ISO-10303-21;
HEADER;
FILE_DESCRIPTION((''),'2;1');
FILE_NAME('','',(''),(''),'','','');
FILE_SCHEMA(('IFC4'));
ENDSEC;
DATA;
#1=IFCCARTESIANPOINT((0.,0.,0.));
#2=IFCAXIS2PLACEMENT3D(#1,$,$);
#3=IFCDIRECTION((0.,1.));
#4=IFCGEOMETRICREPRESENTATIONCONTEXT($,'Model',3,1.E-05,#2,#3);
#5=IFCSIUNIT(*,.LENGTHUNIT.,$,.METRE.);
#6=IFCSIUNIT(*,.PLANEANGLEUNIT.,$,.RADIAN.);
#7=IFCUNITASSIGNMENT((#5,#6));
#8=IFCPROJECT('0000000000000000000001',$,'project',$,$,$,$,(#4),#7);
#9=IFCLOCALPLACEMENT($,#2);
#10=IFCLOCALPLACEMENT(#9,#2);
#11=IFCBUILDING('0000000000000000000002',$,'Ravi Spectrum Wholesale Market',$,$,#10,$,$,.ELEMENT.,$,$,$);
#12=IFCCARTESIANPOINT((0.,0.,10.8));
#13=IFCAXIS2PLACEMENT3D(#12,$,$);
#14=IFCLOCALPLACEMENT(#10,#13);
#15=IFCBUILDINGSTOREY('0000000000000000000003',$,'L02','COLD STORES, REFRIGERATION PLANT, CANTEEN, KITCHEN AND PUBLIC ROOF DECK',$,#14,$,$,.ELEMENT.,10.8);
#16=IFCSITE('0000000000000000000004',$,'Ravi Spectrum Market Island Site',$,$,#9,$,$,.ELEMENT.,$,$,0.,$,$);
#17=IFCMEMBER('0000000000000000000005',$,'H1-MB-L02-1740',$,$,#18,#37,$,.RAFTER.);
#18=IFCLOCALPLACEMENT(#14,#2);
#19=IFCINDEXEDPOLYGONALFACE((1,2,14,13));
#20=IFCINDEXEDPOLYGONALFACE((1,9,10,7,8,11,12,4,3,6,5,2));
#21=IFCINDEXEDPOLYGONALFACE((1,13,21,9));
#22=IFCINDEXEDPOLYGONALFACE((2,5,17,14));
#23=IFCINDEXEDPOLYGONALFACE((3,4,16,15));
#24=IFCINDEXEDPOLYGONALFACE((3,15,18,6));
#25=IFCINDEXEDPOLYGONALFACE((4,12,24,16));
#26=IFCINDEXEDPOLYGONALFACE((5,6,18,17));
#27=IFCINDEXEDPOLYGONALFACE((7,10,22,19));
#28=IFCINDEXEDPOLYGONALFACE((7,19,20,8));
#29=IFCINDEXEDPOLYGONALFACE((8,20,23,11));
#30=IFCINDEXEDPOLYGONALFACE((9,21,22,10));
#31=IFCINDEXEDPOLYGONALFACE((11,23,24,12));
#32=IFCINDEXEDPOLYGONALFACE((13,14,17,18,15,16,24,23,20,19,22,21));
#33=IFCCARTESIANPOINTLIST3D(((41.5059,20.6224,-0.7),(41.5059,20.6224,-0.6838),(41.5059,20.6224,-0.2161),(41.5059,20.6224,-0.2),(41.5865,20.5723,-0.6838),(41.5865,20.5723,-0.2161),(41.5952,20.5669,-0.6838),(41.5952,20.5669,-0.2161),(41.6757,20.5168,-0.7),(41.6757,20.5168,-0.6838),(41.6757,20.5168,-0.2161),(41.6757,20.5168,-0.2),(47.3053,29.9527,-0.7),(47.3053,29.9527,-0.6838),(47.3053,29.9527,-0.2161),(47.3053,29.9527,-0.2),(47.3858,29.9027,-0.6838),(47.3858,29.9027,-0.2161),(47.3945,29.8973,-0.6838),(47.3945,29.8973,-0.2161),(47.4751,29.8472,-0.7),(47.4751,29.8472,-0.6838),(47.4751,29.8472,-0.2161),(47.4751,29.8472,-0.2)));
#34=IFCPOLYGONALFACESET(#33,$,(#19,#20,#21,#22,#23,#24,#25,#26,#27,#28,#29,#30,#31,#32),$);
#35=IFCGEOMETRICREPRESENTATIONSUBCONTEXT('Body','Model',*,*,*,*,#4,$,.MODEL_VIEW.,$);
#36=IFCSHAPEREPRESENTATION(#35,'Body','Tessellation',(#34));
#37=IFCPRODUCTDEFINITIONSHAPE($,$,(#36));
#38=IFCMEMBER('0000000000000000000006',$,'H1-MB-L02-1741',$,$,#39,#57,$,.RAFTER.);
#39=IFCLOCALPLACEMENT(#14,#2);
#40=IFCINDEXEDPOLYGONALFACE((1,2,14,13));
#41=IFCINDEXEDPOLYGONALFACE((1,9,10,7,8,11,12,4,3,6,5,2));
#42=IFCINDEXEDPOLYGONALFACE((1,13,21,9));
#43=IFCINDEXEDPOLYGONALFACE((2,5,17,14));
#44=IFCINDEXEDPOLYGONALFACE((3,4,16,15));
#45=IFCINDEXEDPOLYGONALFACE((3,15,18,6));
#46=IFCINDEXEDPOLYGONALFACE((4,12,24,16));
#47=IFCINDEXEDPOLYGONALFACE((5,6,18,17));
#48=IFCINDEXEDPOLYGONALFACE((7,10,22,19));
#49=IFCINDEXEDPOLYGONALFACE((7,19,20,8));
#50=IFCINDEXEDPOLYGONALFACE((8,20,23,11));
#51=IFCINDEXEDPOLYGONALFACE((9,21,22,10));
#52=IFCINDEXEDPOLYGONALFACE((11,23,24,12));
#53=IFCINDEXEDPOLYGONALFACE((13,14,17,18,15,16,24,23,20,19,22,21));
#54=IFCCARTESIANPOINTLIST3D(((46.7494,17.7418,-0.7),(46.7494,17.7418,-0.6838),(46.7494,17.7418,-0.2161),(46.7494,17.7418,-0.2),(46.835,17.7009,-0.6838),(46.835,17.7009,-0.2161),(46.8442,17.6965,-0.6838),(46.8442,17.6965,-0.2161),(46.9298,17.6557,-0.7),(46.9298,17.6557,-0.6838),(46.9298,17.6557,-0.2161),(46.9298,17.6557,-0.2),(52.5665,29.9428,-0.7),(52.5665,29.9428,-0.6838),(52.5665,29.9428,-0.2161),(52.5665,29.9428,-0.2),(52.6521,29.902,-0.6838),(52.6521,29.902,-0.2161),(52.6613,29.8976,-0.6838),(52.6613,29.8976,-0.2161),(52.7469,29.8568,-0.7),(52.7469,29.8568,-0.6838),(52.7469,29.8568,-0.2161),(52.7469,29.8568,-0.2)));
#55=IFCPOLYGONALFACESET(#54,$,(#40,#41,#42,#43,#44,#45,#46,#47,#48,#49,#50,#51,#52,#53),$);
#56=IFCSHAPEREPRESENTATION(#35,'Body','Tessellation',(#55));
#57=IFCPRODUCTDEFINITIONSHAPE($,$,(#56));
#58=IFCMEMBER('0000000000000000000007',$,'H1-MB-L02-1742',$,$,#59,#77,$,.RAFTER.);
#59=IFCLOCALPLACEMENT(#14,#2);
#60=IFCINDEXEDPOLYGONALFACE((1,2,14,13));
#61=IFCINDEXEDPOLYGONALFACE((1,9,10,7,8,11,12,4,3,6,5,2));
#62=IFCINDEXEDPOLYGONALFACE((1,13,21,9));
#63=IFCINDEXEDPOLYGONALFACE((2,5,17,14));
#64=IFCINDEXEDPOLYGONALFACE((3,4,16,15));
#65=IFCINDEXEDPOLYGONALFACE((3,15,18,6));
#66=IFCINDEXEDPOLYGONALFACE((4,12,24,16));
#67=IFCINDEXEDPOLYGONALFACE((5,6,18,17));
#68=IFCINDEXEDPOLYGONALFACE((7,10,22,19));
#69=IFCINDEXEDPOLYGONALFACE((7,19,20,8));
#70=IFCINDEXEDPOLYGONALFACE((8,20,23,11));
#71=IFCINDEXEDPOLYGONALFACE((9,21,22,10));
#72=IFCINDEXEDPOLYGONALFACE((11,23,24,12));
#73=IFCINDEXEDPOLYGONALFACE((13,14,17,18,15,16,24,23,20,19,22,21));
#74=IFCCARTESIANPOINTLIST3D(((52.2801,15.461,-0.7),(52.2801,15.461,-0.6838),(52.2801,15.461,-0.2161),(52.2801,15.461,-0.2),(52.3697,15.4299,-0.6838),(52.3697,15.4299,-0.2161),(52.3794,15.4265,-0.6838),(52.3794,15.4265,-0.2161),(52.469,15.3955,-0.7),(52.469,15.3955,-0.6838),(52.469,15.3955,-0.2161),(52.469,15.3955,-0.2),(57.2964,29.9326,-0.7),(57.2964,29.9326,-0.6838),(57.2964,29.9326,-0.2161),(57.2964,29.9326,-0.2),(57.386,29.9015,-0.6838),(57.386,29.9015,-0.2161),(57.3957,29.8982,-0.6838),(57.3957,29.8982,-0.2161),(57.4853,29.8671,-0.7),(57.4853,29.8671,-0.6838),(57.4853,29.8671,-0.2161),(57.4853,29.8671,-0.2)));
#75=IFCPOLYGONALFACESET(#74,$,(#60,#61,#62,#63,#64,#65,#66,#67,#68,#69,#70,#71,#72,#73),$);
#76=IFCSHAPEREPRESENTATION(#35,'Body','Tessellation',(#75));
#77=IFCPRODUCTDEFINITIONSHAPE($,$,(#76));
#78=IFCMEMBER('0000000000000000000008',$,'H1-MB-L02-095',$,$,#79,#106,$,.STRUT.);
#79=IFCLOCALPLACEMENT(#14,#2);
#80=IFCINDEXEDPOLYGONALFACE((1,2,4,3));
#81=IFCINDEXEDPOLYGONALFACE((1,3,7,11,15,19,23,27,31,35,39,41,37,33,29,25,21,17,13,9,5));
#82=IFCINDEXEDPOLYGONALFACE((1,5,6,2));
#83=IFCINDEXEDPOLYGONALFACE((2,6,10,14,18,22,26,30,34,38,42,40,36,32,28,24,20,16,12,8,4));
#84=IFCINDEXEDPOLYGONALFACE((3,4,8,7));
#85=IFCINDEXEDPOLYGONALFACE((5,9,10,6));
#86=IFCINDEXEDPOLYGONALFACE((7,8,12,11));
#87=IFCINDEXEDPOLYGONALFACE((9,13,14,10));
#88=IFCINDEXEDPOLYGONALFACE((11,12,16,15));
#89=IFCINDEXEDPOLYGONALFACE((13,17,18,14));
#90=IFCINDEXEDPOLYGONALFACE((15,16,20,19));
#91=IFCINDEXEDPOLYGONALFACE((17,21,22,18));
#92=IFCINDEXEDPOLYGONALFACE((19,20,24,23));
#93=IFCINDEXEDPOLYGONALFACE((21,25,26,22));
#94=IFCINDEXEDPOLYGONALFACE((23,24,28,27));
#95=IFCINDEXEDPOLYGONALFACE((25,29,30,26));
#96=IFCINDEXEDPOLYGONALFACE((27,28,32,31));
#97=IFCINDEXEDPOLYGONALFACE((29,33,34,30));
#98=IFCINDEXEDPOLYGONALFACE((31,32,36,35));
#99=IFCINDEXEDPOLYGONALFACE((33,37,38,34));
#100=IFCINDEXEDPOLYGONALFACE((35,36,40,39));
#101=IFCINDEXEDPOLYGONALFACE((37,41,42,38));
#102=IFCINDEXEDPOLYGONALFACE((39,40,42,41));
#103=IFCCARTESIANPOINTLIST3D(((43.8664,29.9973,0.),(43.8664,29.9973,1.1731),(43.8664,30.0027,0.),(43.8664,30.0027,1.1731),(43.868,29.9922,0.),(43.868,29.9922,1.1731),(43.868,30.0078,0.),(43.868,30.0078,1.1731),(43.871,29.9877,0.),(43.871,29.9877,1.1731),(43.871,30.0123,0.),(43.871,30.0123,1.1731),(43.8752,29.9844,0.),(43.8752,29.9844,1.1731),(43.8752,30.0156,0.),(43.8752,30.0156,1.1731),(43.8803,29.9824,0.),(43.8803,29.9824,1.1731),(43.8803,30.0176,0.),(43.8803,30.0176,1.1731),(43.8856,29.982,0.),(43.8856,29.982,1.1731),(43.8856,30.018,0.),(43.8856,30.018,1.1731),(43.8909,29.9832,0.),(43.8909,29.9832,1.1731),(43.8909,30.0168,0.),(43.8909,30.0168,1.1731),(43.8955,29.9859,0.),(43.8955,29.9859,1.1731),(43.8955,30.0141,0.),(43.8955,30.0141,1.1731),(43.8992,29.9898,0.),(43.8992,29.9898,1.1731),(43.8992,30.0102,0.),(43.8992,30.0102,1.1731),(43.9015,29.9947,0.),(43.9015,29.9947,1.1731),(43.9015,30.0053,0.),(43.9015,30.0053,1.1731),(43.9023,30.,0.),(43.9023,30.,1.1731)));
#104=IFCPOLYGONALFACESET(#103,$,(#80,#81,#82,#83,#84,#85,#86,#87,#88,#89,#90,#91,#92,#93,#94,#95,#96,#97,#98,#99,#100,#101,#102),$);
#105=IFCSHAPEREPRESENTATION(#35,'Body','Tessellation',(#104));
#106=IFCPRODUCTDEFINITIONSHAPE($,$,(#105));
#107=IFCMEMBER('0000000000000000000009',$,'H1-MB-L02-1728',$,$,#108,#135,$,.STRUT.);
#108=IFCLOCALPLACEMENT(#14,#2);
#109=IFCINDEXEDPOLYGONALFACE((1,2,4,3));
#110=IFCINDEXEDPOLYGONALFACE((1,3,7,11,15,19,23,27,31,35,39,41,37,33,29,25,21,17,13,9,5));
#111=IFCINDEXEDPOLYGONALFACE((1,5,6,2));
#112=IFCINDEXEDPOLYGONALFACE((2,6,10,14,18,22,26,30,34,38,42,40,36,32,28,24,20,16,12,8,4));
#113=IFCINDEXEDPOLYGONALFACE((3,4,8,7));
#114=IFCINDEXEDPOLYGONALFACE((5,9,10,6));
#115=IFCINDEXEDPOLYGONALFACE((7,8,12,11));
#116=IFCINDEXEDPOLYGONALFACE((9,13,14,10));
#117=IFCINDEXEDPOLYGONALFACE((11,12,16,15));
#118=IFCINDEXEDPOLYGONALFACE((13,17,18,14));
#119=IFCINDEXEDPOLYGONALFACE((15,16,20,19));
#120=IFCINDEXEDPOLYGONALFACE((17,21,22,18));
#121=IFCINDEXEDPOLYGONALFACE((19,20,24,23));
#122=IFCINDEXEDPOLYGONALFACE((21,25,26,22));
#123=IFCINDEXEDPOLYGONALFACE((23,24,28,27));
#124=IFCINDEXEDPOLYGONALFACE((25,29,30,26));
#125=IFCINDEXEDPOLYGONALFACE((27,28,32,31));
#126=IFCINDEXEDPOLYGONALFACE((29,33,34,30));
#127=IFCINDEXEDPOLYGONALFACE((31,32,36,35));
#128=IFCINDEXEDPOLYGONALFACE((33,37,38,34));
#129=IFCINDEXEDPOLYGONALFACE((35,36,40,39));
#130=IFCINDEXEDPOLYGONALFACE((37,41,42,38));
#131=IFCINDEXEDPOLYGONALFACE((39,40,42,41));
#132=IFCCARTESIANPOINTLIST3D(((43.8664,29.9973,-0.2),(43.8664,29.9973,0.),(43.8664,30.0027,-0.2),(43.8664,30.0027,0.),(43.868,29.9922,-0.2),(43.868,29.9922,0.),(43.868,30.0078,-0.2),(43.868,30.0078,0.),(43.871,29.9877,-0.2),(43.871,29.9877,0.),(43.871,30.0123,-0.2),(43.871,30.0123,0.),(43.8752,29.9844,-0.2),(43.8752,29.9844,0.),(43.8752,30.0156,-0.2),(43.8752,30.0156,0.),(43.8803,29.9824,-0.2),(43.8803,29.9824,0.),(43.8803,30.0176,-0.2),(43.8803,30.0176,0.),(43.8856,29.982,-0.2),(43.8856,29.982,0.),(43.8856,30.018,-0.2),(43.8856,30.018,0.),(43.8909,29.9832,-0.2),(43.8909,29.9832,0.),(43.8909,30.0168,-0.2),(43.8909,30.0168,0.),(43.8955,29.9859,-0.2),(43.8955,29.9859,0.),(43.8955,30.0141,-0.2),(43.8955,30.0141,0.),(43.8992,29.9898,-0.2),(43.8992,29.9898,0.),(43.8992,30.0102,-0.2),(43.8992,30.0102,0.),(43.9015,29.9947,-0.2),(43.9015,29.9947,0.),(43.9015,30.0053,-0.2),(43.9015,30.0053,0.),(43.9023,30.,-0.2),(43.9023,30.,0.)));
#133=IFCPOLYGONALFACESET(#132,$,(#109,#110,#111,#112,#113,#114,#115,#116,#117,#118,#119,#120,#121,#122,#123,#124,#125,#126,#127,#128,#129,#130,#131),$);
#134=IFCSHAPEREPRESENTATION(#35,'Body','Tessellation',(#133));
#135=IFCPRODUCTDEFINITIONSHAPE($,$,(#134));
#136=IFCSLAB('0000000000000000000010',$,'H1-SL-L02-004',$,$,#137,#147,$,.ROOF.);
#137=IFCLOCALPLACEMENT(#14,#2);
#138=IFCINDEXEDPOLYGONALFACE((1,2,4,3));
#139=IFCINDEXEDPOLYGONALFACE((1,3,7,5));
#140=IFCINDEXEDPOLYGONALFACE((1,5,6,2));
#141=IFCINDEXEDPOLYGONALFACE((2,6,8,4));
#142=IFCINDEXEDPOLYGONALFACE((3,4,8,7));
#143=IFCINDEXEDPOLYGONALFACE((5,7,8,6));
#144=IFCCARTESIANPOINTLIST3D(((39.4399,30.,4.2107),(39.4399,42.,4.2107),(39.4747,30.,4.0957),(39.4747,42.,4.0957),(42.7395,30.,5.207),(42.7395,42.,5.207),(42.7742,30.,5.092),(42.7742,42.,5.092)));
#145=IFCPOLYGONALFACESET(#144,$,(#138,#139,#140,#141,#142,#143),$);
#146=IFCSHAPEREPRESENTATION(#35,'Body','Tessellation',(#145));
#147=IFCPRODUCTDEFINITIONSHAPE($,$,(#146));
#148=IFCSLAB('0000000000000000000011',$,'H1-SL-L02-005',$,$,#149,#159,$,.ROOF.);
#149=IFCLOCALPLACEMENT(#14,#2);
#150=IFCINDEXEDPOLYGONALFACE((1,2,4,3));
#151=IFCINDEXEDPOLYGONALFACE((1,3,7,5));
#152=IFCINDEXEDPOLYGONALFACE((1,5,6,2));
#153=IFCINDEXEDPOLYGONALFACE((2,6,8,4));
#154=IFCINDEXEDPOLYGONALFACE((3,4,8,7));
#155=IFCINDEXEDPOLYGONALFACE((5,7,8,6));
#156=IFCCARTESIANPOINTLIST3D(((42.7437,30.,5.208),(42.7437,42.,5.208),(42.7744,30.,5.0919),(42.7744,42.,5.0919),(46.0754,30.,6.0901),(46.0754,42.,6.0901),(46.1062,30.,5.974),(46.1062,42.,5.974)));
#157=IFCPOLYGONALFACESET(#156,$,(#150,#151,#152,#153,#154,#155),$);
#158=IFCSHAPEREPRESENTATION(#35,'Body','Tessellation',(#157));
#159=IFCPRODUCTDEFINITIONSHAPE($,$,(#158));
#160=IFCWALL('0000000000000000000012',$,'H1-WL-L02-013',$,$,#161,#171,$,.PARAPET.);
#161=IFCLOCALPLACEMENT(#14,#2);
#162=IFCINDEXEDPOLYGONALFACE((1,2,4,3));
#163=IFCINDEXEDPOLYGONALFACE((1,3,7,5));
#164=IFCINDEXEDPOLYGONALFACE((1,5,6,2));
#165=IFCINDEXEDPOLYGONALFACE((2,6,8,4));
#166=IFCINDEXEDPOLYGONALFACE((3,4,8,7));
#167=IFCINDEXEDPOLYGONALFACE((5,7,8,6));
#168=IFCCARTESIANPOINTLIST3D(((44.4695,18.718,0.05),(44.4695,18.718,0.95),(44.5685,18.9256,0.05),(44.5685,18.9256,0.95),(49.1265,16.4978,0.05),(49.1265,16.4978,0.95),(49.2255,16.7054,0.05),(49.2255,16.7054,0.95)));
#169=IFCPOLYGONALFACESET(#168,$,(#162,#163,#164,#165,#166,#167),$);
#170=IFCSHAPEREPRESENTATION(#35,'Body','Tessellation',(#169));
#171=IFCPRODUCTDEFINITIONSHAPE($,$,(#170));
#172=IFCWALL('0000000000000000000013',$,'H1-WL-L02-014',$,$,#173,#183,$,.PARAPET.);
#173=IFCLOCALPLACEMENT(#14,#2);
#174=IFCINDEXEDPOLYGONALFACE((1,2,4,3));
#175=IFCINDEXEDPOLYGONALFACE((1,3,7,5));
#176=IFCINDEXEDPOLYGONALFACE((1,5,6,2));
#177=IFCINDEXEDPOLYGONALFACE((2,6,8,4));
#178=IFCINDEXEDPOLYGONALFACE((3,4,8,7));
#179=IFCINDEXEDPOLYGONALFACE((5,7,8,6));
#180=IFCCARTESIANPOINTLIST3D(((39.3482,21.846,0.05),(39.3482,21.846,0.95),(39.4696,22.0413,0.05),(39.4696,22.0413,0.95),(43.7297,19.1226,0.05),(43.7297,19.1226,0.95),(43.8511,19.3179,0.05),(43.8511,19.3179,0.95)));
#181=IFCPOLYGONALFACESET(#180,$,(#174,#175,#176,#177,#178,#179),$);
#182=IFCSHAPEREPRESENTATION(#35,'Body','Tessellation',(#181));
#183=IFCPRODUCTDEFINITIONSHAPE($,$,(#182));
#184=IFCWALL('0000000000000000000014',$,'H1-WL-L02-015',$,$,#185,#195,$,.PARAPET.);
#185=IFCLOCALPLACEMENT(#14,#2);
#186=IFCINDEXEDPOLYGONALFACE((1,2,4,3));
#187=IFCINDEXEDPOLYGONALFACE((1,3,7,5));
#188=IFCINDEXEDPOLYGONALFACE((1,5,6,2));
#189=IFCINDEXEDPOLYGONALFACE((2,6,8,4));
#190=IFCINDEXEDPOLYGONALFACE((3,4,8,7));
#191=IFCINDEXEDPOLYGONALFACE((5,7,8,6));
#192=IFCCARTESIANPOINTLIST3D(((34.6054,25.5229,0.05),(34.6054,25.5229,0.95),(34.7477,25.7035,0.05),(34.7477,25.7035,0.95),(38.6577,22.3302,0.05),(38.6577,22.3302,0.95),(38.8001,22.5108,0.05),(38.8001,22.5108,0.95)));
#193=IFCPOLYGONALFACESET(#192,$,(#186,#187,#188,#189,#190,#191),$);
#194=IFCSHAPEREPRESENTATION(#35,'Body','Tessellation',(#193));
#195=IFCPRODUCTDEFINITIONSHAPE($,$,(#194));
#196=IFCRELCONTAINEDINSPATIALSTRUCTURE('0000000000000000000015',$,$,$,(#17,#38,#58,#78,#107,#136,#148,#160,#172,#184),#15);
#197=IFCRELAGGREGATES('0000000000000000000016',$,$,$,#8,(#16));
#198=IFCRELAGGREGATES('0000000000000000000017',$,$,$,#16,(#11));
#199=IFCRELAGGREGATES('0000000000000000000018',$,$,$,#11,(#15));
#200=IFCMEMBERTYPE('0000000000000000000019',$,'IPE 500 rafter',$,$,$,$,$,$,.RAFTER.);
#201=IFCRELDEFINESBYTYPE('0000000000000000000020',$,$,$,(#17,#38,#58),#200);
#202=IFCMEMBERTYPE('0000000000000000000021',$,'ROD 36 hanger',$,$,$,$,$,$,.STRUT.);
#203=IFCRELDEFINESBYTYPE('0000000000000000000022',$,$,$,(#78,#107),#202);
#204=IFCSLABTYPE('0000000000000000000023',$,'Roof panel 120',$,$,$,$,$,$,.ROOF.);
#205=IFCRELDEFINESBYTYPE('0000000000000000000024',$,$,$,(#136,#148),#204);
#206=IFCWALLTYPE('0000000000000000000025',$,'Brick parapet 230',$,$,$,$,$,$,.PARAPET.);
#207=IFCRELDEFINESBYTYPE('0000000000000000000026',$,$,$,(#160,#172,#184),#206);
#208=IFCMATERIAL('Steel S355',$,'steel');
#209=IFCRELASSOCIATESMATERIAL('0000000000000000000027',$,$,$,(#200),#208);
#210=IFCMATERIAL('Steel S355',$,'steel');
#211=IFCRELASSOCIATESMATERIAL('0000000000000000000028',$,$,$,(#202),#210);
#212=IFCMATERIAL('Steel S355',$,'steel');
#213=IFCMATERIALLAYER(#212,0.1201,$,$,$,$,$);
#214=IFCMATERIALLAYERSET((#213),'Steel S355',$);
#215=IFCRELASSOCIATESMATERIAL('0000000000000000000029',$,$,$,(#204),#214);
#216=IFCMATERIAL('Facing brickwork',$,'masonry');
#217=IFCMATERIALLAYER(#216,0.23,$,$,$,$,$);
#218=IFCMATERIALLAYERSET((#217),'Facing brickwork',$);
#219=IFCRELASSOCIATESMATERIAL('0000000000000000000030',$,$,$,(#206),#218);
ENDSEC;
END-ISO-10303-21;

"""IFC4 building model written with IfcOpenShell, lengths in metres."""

from ifc_helpers import new_model, si_unit, direction, frame, frame_2d, origin, origin_2d, place, context, subcontext, project, spatial, polyline, rectangle, circle, i_section, outline, extrude, material, layer, layer_set, material_profile, profile_set, type_object, element, save


model = new_model("IFC4")

# Units and contexts
model_context = context("Model", 3, precision=1e-05, world=origin(), true_north=direction((0.0, 1.0)))
body_context = subcontext(model_context, "Body", "Model", "MODEL_VIEW")
ifc_project = project(units=[si_unit("LENGTHUNIT", "METRE"), si_unit("PLANEANGLEUNIT", "RADIAN")], contexts=[model_context])

# Site, building, storey
site_placement = place(None, origin())
site = spatial("IfcSite", under=ifc_project, at=site_placement, Name="Ravi Spectrum Market Island Site", CompositionType="ELEMENT", RefElevation=0.0)
building_placement = place(site_placement, origin())
building = spatial("IfcBuilding", under=site, at=building_placement, Name="Ravi Spectrum Wholesale Market", CompositionType="ELEMENT")
storey_placement = place(building_placement, frame((0.0, 0.0, 10.8)))
storey = spatial("IfcBuildingStorey", under=building, at=storey_placement, Name="L02", Description="COLD STORES, REFRIGERATION PLANT, CANTEEN, KITCHEN AND PUBLIC ROOF DECK", CompositionType="ELEMENT", Elevation=10.8)

# Members
ifc_material_1 = material(Name="Steel S355", Category="steel")
ifc_material_profile_1 = material_profile(ifc_material_1, i_section(OverallWidth=0.2, OverallDepth=0.5, WebThickness=0.0103, FlangeThickness=0.0161, at=origin_2d()))
ifc_profile_set_1 = profile_set([ifc_material_profile_1], Name="Steel S355")
member_type_1 = type_object("IfcMemberType", Name="IPE 500 rafter", PredefinedType="RAFTER", material=ifc_profile_set_1)
member_1_placement = place(storey_placement, frame((41.5908, 20.5696, -0.45), z_axis=(0.527894, 0.84931, 0.0), x_axis=(-0.84931, 0.527894, 0.0)))
element("IfcMember", 1, at=member_1_placement, inside=storey, type_object=member_type_1, Name="H1-MB-L02-1740", PredefinedType="RAFTER", context=body_context, shape_type="SweptSolid", body=[
    extrude(i_section(OverallWidth=0.2, OverallDepth=0.5, WebThickness=0.0103, FlangeThickness=0.0161, at=origin_2d()), origin(), (0.0, 0.0, 1.0), 10.9858),
])
member_2_placement = place(storey_placement, frame((46.8396, 17.6987, -0.45), z_axis=(0.430359, 0.902658, 0.0), x_axis=(-0.902658, 0.430359, 0.0)))
element("IfcMember", 2, at=member_2_placement, inside=storey, type_object=member_type_1, Name="H1-MB-L02-1741", PredefinedType="RAFTER", context=body_context, shape_type="SweptSolid", body=[
    extrude(i_section(OverallWidth=0.2, OverallDepth=0.5, WebThickness=0.0103, FlangeThickness=0.0161, at=origin_2d()), origin(), (0.0, 0.0, 1.0), 13.5168),
])
member_3_placement = place(storey_placement, frame((52.3745, 15.4282, -0.45), z_axis=(0.327515, 0.944846, 0.0), x_axis=(-0.944846, 0.327515, 0.0)))
element("IfcMember", 3, at=member_3_placement, inside=storey, type_object=member_type_1, Name="H1-MB-L02-1742", PredefinedType="RAFTER", context=body_context, shape_type="SweptSolid", body=[
    extrude(i_section(OverallWidth=0.2, OverallDepth=0.5, WebThickness=0.0103, FlangeThickness=0.0161, at=origin_2d()), origin(), (0.0, 0.0, 1.0), 15.3164),
])
ifc_material_2 = material(Name="Steel S355", Category="steel")
ifc_material_profile_2 = material_profile(ifc_material_2, circle(Radius=0.0181, at=origin_2d()))
ifc_profile_set_2 = profile_set([ifc_material_profile_2], Name="Steel S355")
member_type_2 = type_object("IfcMemberType", Name="ROD 36 hanger", PredefinedType="STRUT", material=ifc_profile_set_2)
member_4_placement = place(storey_placement, frame((43.8843, 30.0, 0.0), z_axis=(0.0, 0.0, 1.0), x_axis=(1.0, 0.0, 0.0)))
element("IfcMember", 4, at=member_4_placement, inside=storey, type_object=member_type_2, Name="H1-MB-L02-095", PredefinedType="STRUT", context=body_context, shape_type="SweptSolid", body=[
    extrude(circle(Radius=0.0181, at=origin_2d()), origin(), (0.0, 0.0, 1.0), 1.1731),
])
member_5_placement = place(storey_placement, frame((43.8843, 30.0, 0.0), z_axis=(0.0, 0.0, -1.0), x_axis=(1.0, 0.0, 0.0)))
element("IfcMember", 5, at=member_5_placement, inside=storey, type_object=member_type_2, Name="H1-MB-L02-1728", PredefinedType="STRUT", context=body_context, shape_type="SweptSolid", body=[
    extrude(circle(Radius=0.0181, at=origin_2d()), origin(), (0.0, 0.0, 1.0), 0.2),
])

# Slabs
ifc_material_3 = material(Name="Steel S355", Category="steel")
ifc_layer_1 = layer(ifc_material_3, 0.1201)
ifc_layer_set_1 = layer_set([ifc_layer_1], Name="Steel S355")
slab_type = type_object("IfcSlabType", Name="Roof panel 120", PredefinedType="ROOF", material=ifc_layer_set_1)
slab_1_placement = place(storey_placement, frame((39.4399, 30.0, 4.2107), z_axis=(-0.28907, 0.0, 0.957308), x_axis=(0.957308, 0.0, 0.28907)))
element("IfcSlab", 6, at=slab_1_placement, inside=storey, type_object=slab_type, Name="H1-SL-L02-004", PredefinedType="ROOF", context=body_context, shape_type="SweptSolid", body=[
    extrude(outline(polyline([(0.0, 0.0), (3.4467, 0.0), (3.4467, 12.0), (0.0, 12.0), (0.0, 0.0)])), origin(), (0.0, 0.0, -1.0), 0.1201),
])
slab_2_placement = place(storey_placement, frame((42.7437, 30.0, 5.208), z_axis=(-0.25593, 0.0, 0.966695), x_axis=(0.966695, 0.0, 0.25593)))
element("IfcSlab", 7, at=slab_2_placement, inside=storey, type_object=slab_type, Name="H1-SL-L02-005", PredefinedType="ROOF", context=body_context, shape_type="SweptSolid", body=[
    extrude(outline(polyline([(0.0, 0.0), (3.4466, 0.0), (3.4466, 12.0), (0.0, 12.0), (0.0, 0.0)])), origin(), (0.0, 0.0, -1.0), 0.1201),
])

# Walls
ifc_material_4 = material(Name="Facing brickwork", Category="masonry")
ifc_layer_2 = layer(ifc_material_4, 0.23)
ifc_layer_set_2 = layer_set([ifc_layer_2], Name="Facing brickwork")
wall_type = type_object("IfcWallType", Name="Brick parapet 230", PredefinedType="PARAPET", material=ifc_layer_set_2)
wall_placement = place(storey_placement, frame((49.176, 16.6016, 0.05), z_axis=(0.0, 0.0, 1.0), x_axis=(-0.902664, 0.430345, 0.0)))
element("IfcWall", 8, at=wall_placement, inside=storey, type_object=wall_type, Name="H1-WL-L02-013", PredefinedType="PARAPET", context=body_context, shape_type="SweptSolid", body=[
    extrude(rectangle(XDim=5.1592, YDim=0.23, at=frame_2d((2.5796, 0.0))), origin(), (0.0, 0.0, 1.0), 0.8999),
])
for number, where, z_axis, x_axis, name in (
    (9, (43.7905, 19.2202, 0.05), (0.0, 0.0, 1.0), (-0.849312, 0.527892, 0.0), "H1-WL-L02-014"),
    (10, (38.729, 22.4204, 0.05), (0.0, 0.0, 1.0), (-0.785497, 0.618866, 0.0), "H1-WL-L02-015"),
):
    element("IfcWall", number, at=place(storey_placement, frame(where, z_axis=z_axis, x_axis=x_axis)), inside=storey, type_object=wall_type, Name=name, PredefinedType="PARAPET", context=body_context, shape_type="SweptSolid", body=[
        extrude(rectangle(XDim=5.1589, YDim=0.23, at=frame_2d((2.5796, 0.0))), origin(), (0.0, 0.0, 1.0), 0.8999),
    ])

save(model, "model.ifc")
